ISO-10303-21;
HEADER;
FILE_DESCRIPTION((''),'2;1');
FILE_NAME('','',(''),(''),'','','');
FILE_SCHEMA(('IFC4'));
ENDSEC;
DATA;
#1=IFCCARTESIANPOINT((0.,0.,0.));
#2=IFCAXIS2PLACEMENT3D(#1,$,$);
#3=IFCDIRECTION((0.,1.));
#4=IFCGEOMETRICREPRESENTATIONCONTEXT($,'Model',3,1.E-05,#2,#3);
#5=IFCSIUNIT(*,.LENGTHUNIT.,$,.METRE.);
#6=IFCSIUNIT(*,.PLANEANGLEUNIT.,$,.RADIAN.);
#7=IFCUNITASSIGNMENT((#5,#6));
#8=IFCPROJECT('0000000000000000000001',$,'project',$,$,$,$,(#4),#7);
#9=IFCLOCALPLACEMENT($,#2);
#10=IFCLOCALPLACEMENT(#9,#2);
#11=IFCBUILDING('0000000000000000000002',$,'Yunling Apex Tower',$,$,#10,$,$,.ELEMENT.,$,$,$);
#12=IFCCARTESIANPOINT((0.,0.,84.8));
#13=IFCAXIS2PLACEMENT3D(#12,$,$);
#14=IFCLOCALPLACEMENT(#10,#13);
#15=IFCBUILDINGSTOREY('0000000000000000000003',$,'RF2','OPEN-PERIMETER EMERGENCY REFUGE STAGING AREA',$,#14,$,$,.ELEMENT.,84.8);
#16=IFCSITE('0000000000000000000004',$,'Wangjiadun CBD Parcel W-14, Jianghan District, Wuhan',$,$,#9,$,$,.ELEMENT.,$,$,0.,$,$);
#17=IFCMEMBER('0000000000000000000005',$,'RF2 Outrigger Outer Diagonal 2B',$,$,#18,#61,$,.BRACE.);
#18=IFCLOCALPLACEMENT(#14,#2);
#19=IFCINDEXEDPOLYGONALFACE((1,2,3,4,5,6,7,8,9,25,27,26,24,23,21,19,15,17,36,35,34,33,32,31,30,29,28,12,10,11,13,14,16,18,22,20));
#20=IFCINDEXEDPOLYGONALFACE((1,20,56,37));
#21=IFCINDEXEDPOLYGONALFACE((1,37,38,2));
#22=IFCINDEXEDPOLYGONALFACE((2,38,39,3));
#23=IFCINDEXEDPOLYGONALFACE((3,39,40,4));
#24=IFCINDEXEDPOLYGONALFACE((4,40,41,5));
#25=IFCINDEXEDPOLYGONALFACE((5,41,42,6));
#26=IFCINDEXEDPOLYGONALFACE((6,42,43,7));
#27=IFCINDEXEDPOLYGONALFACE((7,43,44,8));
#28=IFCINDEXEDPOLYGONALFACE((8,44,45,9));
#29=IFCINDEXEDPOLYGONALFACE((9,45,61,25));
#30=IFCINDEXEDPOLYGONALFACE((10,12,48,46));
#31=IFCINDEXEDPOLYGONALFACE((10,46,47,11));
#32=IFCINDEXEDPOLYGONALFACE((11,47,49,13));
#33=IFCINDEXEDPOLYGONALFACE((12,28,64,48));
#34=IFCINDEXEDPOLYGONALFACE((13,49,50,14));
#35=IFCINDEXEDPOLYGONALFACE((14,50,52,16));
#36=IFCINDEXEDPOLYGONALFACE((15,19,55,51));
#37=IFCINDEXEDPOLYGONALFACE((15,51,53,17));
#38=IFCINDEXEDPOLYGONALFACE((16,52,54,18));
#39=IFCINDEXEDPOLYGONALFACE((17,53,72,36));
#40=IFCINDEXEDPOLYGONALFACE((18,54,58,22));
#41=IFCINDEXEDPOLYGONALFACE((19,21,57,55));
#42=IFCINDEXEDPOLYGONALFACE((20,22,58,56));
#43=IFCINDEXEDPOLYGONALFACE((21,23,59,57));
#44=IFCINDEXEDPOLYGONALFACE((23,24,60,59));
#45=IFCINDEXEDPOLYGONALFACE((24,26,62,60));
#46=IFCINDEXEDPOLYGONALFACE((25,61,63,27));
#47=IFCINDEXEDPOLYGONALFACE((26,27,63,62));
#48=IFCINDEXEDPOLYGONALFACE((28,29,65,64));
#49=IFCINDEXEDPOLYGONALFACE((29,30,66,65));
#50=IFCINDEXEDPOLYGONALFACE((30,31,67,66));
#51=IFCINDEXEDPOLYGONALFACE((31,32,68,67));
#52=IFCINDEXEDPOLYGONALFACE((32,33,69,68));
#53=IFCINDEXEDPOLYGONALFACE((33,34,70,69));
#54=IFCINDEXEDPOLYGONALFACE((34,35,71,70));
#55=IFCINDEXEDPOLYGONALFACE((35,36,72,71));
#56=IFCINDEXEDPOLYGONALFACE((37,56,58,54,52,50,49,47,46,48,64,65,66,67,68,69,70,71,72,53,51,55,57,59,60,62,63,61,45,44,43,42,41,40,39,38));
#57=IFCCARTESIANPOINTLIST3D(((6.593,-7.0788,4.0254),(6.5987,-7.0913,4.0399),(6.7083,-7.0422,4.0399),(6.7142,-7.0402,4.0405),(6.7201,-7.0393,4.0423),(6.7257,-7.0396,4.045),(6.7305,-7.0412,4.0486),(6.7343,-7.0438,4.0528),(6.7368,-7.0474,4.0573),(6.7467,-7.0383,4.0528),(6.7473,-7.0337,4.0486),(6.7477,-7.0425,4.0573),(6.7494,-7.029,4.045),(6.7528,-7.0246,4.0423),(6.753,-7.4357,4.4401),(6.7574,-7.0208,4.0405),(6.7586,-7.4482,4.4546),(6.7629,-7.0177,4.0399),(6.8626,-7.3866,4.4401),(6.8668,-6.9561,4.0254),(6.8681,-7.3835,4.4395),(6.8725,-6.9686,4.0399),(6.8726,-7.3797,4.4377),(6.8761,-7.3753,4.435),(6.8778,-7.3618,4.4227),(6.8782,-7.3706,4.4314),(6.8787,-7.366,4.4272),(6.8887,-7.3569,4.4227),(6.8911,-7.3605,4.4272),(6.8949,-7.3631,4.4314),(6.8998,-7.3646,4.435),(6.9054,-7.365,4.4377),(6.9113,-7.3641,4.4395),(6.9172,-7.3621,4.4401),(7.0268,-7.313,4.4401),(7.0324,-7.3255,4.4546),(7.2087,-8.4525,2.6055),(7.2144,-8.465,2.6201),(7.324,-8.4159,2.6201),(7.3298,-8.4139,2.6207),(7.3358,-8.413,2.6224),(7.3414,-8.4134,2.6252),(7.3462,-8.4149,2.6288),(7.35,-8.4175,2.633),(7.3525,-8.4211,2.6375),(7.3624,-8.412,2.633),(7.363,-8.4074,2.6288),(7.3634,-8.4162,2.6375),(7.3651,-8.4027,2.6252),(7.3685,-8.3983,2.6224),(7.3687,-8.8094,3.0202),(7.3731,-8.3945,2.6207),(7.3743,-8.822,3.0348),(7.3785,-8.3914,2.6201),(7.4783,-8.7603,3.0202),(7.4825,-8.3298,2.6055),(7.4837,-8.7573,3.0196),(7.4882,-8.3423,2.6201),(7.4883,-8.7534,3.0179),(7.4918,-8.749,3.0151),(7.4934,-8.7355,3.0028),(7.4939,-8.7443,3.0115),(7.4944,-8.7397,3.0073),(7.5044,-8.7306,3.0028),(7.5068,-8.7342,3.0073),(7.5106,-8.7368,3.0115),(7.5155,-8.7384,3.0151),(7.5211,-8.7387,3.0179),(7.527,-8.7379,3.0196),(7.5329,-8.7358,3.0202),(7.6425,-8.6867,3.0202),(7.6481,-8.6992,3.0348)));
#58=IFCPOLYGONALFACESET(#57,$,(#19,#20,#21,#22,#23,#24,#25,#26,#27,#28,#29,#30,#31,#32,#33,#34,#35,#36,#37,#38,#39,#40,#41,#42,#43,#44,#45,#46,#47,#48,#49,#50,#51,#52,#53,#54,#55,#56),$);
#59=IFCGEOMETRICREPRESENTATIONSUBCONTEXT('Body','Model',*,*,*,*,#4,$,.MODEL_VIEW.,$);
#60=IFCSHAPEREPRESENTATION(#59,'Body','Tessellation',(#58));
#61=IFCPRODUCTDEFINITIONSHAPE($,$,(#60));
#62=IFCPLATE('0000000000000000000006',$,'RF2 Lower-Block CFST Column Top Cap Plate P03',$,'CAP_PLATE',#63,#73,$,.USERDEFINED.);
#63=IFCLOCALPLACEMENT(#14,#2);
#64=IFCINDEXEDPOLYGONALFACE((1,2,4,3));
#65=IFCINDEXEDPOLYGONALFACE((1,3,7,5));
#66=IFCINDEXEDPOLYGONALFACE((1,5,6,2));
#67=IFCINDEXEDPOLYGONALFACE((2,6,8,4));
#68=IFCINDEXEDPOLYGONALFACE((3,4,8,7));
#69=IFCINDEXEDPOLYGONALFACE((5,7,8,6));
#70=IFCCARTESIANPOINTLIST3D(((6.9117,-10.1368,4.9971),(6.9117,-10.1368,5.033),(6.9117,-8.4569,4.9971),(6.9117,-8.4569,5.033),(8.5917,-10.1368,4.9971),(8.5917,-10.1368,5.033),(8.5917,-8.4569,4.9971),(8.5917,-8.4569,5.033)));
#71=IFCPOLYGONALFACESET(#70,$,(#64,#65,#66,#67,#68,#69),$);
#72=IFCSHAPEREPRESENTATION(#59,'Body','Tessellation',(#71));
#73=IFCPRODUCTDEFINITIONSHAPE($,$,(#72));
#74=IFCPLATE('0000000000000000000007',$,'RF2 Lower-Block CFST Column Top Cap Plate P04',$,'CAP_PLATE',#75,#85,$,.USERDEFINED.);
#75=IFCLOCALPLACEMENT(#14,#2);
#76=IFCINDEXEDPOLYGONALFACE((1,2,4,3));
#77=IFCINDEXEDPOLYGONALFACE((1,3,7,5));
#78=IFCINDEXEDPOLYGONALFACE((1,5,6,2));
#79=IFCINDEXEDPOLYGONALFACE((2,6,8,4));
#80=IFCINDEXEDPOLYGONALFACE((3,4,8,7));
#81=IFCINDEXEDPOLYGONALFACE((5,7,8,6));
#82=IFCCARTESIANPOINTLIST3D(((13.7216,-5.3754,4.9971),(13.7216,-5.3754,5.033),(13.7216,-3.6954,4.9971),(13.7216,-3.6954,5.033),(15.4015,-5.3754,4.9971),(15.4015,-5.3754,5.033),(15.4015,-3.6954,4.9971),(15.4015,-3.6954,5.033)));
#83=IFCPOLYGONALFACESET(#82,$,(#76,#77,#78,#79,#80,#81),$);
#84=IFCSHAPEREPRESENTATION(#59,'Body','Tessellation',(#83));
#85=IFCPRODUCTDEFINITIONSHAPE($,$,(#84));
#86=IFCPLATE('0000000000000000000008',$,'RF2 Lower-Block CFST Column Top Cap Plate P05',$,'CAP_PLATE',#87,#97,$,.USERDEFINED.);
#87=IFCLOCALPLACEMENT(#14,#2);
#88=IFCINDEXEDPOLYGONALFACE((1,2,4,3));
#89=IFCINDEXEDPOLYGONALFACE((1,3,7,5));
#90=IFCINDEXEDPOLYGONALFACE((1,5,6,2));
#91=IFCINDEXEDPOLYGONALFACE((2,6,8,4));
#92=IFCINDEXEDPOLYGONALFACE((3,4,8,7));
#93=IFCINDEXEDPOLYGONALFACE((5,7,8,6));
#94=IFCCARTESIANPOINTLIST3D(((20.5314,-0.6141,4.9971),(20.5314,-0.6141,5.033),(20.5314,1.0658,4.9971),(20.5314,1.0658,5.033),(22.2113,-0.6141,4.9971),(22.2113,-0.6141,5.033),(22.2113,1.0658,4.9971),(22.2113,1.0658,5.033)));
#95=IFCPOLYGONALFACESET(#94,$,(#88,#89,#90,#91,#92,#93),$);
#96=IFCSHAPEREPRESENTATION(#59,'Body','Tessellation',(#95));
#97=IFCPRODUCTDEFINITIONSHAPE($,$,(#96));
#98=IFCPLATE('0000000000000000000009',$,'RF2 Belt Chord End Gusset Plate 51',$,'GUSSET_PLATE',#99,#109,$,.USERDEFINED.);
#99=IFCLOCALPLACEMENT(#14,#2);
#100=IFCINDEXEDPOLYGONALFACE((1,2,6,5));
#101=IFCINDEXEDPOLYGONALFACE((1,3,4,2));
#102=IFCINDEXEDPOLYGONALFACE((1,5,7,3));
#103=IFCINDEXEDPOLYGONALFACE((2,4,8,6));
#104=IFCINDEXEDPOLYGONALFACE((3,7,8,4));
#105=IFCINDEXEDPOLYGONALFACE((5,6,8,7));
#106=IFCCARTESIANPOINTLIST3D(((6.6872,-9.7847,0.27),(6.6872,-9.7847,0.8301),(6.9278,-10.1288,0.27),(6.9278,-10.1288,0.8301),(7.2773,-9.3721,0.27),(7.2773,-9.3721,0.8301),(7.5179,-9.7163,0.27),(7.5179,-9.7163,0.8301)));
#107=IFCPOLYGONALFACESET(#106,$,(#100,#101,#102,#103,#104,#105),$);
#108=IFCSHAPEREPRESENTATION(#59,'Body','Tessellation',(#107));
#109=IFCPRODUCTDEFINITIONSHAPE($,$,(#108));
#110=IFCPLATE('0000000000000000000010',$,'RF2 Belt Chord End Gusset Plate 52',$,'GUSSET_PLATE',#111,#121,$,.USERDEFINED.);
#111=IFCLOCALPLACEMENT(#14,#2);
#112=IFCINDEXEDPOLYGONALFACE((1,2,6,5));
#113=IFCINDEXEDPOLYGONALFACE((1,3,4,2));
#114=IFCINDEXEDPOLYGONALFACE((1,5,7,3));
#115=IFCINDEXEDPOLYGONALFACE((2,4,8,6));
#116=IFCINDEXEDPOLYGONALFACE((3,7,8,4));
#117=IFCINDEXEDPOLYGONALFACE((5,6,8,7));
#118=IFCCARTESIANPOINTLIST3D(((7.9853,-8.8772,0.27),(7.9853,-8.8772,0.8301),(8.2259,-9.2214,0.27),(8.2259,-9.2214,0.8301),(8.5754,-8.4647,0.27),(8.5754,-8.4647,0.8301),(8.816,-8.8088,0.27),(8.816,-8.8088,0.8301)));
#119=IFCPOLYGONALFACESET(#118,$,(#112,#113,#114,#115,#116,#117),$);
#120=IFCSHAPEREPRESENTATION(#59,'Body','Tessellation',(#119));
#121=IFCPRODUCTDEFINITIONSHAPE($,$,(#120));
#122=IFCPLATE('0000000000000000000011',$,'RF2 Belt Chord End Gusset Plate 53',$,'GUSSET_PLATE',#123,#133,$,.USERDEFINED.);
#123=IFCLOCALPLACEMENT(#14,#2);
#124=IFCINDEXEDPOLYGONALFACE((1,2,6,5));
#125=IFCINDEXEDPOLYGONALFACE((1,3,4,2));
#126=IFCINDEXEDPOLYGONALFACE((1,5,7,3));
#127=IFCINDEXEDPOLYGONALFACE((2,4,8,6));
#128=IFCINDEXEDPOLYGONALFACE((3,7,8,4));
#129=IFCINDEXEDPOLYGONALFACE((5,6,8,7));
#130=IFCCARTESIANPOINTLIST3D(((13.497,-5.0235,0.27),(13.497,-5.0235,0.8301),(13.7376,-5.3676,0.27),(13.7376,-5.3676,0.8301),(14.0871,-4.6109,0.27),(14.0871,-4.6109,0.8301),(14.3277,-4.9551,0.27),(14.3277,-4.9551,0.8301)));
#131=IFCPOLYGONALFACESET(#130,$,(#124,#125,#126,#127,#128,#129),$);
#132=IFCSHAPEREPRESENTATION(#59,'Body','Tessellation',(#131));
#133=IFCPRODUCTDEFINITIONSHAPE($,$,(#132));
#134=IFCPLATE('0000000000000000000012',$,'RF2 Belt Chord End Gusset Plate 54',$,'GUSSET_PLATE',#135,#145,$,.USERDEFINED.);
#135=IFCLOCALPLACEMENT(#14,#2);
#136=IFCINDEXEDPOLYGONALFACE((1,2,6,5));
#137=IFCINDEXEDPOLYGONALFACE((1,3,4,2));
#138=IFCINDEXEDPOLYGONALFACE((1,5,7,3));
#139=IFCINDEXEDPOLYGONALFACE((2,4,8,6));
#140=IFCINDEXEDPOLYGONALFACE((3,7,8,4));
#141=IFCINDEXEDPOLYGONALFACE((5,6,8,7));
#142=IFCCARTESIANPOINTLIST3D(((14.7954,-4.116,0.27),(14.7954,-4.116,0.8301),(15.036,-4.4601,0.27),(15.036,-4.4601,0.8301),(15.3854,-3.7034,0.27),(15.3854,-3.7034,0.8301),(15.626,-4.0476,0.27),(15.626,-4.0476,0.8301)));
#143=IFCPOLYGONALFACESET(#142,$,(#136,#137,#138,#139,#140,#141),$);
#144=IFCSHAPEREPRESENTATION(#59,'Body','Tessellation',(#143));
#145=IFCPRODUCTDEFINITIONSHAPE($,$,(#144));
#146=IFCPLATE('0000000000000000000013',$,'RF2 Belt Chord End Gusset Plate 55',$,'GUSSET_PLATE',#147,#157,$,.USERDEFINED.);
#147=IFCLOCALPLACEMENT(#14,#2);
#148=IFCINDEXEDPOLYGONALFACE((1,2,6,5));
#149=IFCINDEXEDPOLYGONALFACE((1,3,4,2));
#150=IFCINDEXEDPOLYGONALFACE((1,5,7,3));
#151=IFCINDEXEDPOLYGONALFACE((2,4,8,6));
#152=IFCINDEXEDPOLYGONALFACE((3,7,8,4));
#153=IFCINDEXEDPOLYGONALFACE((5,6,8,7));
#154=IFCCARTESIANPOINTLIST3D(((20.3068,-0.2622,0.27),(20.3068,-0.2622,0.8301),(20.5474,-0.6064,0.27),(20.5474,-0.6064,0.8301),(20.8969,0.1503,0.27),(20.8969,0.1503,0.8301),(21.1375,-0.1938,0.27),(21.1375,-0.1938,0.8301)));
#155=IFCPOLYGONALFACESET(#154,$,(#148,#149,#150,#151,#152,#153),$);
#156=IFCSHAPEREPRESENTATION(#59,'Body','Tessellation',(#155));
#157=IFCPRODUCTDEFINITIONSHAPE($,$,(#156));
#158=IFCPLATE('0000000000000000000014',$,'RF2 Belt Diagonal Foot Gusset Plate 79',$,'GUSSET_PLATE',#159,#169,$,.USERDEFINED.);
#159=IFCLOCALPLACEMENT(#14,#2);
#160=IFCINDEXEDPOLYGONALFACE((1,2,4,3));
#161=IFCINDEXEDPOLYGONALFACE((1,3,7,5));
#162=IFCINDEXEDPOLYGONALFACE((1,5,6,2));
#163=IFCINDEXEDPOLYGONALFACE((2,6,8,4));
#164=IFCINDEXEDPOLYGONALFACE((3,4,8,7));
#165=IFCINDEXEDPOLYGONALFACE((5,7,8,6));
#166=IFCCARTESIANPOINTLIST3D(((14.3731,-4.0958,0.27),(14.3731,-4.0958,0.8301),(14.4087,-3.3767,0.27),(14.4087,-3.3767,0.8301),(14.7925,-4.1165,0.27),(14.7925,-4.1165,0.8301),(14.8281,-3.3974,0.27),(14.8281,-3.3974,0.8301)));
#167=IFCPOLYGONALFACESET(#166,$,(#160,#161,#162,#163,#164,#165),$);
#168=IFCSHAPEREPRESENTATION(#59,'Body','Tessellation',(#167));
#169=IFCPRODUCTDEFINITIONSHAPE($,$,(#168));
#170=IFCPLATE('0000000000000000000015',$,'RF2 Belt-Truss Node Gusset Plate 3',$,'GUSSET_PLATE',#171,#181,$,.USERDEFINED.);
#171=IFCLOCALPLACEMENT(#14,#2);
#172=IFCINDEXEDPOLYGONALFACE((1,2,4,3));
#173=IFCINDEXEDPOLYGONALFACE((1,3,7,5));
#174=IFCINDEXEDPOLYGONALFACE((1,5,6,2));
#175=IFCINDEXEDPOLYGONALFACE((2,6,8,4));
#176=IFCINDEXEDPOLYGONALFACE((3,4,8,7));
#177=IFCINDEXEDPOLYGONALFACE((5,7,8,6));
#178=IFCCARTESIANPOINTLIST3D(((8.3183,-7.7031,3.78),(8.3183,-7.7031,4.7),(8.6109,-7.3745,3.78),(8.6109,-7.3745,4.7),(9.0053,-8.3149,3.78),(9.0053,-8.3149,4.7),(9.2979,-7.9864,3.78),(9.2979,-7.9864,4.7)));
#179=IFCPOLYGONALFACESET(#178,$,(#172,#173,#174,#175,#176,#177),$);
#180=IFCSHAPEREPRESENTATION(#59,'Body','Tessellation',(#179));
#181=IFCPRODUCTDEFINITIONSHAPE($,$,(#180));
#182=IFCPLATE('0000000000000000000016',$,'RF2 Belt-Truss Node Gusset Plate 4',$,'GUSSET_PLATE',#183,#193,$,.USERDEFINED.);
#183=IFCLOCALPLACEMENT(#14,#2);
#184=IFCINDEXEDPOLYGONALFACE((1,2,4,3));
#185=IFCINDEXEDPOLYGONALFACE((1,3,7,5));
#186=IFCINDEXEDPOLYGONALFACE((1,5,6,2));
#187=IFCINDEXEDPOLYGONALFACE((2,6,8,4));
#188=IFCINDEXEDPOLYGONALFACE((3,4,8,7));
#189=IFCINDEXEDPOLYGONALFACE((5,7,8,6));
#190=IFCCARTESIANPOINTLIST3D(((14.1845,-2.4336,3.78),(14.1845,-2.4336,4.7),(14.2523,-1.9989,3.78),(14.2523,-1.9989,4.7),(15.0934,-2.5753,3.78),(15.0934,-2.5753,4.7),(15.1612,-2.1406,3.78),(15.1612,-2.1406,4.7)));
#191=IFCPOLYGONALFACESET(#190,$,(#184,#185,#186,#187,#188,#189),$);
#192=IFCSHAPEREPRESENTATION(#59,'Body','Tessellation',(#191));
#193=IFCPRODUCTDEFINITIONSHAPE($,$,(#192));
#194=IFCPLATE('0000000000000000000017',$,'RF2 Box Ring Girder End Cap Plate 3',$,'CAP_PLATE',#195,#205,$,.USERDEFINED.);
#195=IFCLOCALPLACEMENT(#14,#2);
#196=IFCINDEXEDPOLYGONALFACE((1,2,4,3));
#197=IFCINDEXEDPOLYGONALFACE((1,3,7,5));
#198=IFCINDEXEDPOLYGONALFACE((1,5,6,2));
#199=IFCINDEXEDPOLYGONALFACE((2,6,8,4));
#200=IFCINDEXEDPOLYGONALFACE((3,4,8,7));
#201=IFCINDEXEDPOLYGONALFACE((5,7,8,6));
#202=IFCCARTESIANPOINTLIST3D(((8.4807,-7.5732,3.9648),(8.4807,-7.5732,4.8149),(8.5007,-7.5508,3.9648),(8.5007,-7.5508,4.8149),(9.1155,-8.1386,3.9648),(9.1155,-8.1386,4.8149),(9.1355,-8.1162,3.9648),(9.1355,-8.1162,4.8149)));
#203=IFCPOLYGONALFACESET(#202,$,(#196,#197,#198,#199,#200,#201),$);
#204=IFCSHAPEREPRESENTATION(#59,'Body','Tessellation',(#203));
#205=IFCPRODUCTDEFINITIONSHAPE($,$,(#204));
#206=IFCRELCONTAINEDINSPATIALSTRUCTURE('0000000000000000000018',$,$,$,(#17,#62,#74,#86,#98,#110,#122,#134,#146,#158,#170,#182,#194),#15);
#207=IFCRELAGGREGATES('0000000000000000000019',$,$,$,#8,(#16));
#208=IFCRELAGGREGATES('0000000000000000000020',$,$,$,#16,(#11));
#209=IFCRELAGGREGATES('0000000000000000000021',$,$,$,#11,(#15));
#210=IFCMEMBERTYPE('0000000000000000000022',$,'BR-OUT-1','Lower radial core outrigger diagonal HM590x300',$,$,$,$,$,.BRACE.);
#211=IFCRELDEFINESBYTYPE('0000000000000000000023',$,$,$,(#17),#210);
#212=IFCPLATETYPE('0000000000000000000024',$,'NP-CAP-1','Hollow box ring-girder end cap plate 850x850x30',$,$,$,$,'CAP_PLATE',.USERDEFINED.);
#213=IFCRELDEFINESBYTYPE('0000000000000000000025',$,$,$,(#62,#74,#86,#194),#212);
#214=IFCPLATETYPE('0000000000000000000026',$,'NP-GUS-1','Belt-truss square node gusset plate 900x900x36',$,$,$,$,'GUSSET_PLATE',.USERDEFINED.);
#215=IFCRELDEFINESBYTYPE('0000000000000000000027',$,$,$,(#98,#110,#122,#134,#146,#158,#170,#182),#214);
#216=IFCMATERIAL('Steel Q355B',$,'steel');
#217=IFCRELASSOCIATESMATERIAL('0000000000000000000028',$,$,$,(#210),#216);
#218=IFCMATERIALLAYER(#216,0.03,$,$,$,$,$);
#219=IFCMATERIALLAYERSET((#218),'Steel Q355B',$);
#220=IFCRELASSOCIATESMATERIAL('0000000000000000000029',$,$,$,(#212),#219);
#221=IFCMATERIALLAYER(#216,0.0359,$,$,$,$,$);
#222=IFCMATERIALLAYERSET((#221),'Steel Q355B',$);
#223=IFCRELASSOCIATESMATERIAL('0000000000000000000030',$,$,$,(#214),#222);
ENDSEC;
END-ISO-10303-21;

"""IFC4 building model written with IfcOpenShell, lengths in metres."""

from ifc_helpers import new_model, si_unit, direction, frame, origin, origin_2d, place, context, subcontext, project, spatial, rectangle, i_section, extrude, source, transform, mapped, material, layer, layer_set, material_profile, profile_set, type_object, element, save


model = new_model("IFC4")

# Units and contexts
model_context = context("Model", 3, precision=1e-05, world=origin(), true_north=direction((0.0, 1.0)))
body_context = subcontext(model_context, "Body", "Model", "MODEL_VIEW")
ifc_project = project(units=[si_unit("LENGTHUNIT", "METRE"), si_unit("PLANEANGLEUNIT", "RADIAN")], contexts=[model_context])

# Site, building, storey
site_placement = place(None, origin())
site = spatial("IfcSite", under=ifc_project, at=site_placement, Name="Wangjiadun CBD Parcel W-14, Jianghan District, Wuhan", CompositionType="ELEMENT", RefElevation=0.0)
building_placement = place(site_placement, origin())
building = spatial("IfcBuilding", under=site, at=building_placement, Name="Yunling Apex Tower", CompositionType="ELEMENT")
storey_placement = place(building_placement, frame((0.0, 0.0, 84.8)))
storey = spatial("IfcBuildingStorey", under=building, at=storey_placement, Name="RF2", Description="OPEN-PERIMETER EMERGENCY REFUGE STAGING AREA", CompositionType="ELEMENT", Elevation=84.8)

# Shared definitions
ifc_material_1 = material(Name="Steel Q355B", Category="steel")

# Member
ifc_material_profile_1 = material_profile(ifc_material_1, i_section(OverallWidth=0.3, OverallDepth=0.5901, WebThickness=0.012, FlangeThickness=0.02, FilletRadius=0.0239, at=origin_2d()))
ifc_profile_set_1 = profile_set([ifc_material_profile_1], Name="Steel Q355B")
member_type_1 = type_object("IfcMemberType", Name="BR-OUT-1", Description="Lower radial core outrigger diagonal HM590x300", PredefinedType="BRACE", material=ifc_profile_set_1)
shared_shape_1 = source(origin(), body_context, "Body", "SweptSolid", [
    extrude(i_section(OverallWidth=0.3, OverallDepth=0.5901, WebThickness=0.012, FlangeThickness=0.02, FilletRadius=0.0239, at=origin_2d()), origin(), (0.0, 0.0, 1.0), 2.0693),
])
member_1_placement = place(storey_placement, frame((6.8127, -7.2021, 4.24), z_axis=(0.297532, -0.663843, -0.68614), x_axis=(0.912536, 0.408995, 0.0)))
element("IfcMember", 1, at=member_1_placement, inside=storey, type_object=member_type_1, Name="RF2 Outrigger Outer Diagonal 2B", PredefinedType="BRACE", context=body_context, shape_type="MappedRepresentation", body=[
    mapped(shared_shape_1, transform((0.0, 0.0, 0.0), scale=1.0)),
])

# Plates
ifc_layer_1 = layer(ifc_material_1, 0.03)
ifc_layer_set_1 = layer_set([ifc_layer_1], Name="Steel Q355B")
plate_type_1 = type_object("IfcPlateType", Name="NP-CAP-1", Description="Hollow box ring-girder end cap plate 850x850x30", ElementType="CAP_PLATE", PredefinedType="USERDEFINED", material=ifc_layer_set_1)
shared_shape_2 = source(origin(), body_context, "Body", "SweptSolid", [
    extrude(rectangle(XDim=1.6799, YDim=1.6799, at=origin_2d()), origin(), (0.0, 0.0, 1.0), 0.0359),
])
for number, where, z_axis, x_axis, name in (
    (2, (7.7517, -9.2969, 4.9971), (0.0, 0.0, 1.0), (1.0, 0.0, 0.0), "RF2 Lower-Block CFST Column Top Cap Plate P03"),
    (3, (14.5615, -4.5354, 4.9971), (0.0, 0.0, 1.0), (1.0, 0.0, 0.0), "RF2 Lower-Block CFST Column Top Cap Plate P04"),
    (4, (21.3713, 0.2258, 4.9971), (0.0, 0.0, 1.0), (1.0, 0.0, 0.0), "RF2 Lower-Block CFST Column Top Cap Plate P05"),
):
    element("IfcPlate", number, at=place(storey_placement, frame(where, z_axis=z_axis, x_axis=x_axis)), inside=storey, type_object=plate_type_1, Name=name, ObjectType="CAP_PLATE", PredefinedType="USERDEFINED", context=body_context, shape_type="MappedRepresentation", body=[
        mapped(shared_shape_2, transform((0.0, 0.0, 0.0), scale=1.0)),
    ])
ifc_layer_2 = layer(ifc_material_1, 0.0359)
ifc_layer_set_2 = layer_set([ifc_layer_2], Name="Steel Q355B")
plate_type_2 = type_object("IfcPlateType", Name="NP-GUS-1", Description="Belt-truss square node gusset plate 900x900x36", ElementType="GUSSET_PLATE", PredefinedType="USERDEFINED", material=ifc_layer_set_2)
shared_shape_3 = source(origin(), body_context, "Body", "SweptSolid", [
    extrude(rectangle(XDim=0.72, YDim=0.4199, at=origin_2d()), origin(), (0.0, 0.0, 1.0), 0.5601),
])
for number, where, z_axis, x_axis, name in (
    (5, (7.1025, -9.7505, 0.27), (0.0, 0.0, 1.0), (0.819552, 0.573004, 0.0), "RF2 Belt Chord End Gusset Plate 51"),
    (6, (8.4006, -8.843, 0.27), (0.0, 0.0, 1.0), (0.819552, 0.573004, 0.0), "RF2 Belt Chord End Gusset Plate 52"),
    (7, (13.9124, -4.9893, 0.27), (0.0, 0.0, 1.0), (0.819552, 0.573004, 0.0), "RF2 Belt Chord End Gusset Plate 53"),
    (8, (15.2107, -4.0818, 0.27), (0.0, 0.0, 1.0), (0.819552, 0.573004, 0.0), "RF2 Belt Chord End Gusset Plate 54"),
    (9, (20.7222, -0.228, 0.27), (0.0, 0.0, 1.0), (0.819552, 0.573004, 0.0), "RF2 Belt Chord End Gusset Plate 55"),
    (10, (14.6006, -3.7466, 0.27), (0.0, 0.0, 1.0), (0.049373, 0.99878, 0.0), "RF2 Belt Diagonal Foot Gusset Plate 79"),
):
    element("IfcPlate", number, at=place(storey_placement, frame(where, z_axis=z_axis, x_axis=x_axis)), inside=storey, type_object=plate_type_2, Name=name, ObjectType="GUSSET_PLATE", PredefinedType="USERDEFINED", context=body_context, shape_type="MappedRepresentation", body=[
        mapped(shared_shape_3, transform((0.0, 0.0, 0.0), scale=1.0)),
    ])
shared_shape_4 = source(origin(), body_context, "Body", "SweptSolid", [
    extrude(rectangle(XDim=0.9199, YDim=0.4399, at=origin_2d()), origin(), (0.0, 0.0, 1.0), 0.9199),
])
for number, where, z_axis, x_axis, name in (
    (11, (8.8081, -7.8447, 3.78), (0.0, 0.0, 1.0), (0.746754, -0.6651, 0.0), "RF2 Belt-Truss Node Gusset Plate 3"),
    (12, (14.6729, -2.2871, 3.78), (0.0, 0.0, 1.0), (0.988068, -0.154021, 0.0), "RF2 Belt-Truss Node Gusset Plate 4"),
):
    element("IfcPlate", number, at=place(storey_placement, frame(where, z_axis=z_axis, x_axis=x_axis)), inside=storey, type_object=plate_type_2, Name=name, ObjectType="GUSSET_PLATE", PredefinedType="USERDEFINED", context=body_context, shape_type="MappedRepresentation", body=[
        mapped(shared_shape_4, transform((0.0, 0.0, 0.0), scale=1.0)),
    ])
shared_shape_5 = source(origin(), body_context, "Body", "SweptSolid", [
    extrude(rectangle(XDim=0.8501, YDim=0.03, at=origin_2d()), origin(), (0.0, 0.0, 1.0), 0.8501),
])
plate_1_placement = place(storey_placement, frame((8.8081, -7.8447, 3.9648), z_axis=(0.0, 0.0, 1.0), x_axis=(0.746754, -0.6651, 0.0)))
element("IfcPlate", 13, at=plate_1_placement, inside=storey, type_object=plate_type_1, Name="RF2 Box Ring Girder End Cap Plate 3", ObjectType="CAP_PLATE", PredefinedType="USERDEFINED", context=body_context, shape_type="MappedRepresentation", body=[
    mapped(shared_shape_5, transform((0.0, 0.0, 0.0), scale=1.0)),
])

save(model, "model.ifc")
